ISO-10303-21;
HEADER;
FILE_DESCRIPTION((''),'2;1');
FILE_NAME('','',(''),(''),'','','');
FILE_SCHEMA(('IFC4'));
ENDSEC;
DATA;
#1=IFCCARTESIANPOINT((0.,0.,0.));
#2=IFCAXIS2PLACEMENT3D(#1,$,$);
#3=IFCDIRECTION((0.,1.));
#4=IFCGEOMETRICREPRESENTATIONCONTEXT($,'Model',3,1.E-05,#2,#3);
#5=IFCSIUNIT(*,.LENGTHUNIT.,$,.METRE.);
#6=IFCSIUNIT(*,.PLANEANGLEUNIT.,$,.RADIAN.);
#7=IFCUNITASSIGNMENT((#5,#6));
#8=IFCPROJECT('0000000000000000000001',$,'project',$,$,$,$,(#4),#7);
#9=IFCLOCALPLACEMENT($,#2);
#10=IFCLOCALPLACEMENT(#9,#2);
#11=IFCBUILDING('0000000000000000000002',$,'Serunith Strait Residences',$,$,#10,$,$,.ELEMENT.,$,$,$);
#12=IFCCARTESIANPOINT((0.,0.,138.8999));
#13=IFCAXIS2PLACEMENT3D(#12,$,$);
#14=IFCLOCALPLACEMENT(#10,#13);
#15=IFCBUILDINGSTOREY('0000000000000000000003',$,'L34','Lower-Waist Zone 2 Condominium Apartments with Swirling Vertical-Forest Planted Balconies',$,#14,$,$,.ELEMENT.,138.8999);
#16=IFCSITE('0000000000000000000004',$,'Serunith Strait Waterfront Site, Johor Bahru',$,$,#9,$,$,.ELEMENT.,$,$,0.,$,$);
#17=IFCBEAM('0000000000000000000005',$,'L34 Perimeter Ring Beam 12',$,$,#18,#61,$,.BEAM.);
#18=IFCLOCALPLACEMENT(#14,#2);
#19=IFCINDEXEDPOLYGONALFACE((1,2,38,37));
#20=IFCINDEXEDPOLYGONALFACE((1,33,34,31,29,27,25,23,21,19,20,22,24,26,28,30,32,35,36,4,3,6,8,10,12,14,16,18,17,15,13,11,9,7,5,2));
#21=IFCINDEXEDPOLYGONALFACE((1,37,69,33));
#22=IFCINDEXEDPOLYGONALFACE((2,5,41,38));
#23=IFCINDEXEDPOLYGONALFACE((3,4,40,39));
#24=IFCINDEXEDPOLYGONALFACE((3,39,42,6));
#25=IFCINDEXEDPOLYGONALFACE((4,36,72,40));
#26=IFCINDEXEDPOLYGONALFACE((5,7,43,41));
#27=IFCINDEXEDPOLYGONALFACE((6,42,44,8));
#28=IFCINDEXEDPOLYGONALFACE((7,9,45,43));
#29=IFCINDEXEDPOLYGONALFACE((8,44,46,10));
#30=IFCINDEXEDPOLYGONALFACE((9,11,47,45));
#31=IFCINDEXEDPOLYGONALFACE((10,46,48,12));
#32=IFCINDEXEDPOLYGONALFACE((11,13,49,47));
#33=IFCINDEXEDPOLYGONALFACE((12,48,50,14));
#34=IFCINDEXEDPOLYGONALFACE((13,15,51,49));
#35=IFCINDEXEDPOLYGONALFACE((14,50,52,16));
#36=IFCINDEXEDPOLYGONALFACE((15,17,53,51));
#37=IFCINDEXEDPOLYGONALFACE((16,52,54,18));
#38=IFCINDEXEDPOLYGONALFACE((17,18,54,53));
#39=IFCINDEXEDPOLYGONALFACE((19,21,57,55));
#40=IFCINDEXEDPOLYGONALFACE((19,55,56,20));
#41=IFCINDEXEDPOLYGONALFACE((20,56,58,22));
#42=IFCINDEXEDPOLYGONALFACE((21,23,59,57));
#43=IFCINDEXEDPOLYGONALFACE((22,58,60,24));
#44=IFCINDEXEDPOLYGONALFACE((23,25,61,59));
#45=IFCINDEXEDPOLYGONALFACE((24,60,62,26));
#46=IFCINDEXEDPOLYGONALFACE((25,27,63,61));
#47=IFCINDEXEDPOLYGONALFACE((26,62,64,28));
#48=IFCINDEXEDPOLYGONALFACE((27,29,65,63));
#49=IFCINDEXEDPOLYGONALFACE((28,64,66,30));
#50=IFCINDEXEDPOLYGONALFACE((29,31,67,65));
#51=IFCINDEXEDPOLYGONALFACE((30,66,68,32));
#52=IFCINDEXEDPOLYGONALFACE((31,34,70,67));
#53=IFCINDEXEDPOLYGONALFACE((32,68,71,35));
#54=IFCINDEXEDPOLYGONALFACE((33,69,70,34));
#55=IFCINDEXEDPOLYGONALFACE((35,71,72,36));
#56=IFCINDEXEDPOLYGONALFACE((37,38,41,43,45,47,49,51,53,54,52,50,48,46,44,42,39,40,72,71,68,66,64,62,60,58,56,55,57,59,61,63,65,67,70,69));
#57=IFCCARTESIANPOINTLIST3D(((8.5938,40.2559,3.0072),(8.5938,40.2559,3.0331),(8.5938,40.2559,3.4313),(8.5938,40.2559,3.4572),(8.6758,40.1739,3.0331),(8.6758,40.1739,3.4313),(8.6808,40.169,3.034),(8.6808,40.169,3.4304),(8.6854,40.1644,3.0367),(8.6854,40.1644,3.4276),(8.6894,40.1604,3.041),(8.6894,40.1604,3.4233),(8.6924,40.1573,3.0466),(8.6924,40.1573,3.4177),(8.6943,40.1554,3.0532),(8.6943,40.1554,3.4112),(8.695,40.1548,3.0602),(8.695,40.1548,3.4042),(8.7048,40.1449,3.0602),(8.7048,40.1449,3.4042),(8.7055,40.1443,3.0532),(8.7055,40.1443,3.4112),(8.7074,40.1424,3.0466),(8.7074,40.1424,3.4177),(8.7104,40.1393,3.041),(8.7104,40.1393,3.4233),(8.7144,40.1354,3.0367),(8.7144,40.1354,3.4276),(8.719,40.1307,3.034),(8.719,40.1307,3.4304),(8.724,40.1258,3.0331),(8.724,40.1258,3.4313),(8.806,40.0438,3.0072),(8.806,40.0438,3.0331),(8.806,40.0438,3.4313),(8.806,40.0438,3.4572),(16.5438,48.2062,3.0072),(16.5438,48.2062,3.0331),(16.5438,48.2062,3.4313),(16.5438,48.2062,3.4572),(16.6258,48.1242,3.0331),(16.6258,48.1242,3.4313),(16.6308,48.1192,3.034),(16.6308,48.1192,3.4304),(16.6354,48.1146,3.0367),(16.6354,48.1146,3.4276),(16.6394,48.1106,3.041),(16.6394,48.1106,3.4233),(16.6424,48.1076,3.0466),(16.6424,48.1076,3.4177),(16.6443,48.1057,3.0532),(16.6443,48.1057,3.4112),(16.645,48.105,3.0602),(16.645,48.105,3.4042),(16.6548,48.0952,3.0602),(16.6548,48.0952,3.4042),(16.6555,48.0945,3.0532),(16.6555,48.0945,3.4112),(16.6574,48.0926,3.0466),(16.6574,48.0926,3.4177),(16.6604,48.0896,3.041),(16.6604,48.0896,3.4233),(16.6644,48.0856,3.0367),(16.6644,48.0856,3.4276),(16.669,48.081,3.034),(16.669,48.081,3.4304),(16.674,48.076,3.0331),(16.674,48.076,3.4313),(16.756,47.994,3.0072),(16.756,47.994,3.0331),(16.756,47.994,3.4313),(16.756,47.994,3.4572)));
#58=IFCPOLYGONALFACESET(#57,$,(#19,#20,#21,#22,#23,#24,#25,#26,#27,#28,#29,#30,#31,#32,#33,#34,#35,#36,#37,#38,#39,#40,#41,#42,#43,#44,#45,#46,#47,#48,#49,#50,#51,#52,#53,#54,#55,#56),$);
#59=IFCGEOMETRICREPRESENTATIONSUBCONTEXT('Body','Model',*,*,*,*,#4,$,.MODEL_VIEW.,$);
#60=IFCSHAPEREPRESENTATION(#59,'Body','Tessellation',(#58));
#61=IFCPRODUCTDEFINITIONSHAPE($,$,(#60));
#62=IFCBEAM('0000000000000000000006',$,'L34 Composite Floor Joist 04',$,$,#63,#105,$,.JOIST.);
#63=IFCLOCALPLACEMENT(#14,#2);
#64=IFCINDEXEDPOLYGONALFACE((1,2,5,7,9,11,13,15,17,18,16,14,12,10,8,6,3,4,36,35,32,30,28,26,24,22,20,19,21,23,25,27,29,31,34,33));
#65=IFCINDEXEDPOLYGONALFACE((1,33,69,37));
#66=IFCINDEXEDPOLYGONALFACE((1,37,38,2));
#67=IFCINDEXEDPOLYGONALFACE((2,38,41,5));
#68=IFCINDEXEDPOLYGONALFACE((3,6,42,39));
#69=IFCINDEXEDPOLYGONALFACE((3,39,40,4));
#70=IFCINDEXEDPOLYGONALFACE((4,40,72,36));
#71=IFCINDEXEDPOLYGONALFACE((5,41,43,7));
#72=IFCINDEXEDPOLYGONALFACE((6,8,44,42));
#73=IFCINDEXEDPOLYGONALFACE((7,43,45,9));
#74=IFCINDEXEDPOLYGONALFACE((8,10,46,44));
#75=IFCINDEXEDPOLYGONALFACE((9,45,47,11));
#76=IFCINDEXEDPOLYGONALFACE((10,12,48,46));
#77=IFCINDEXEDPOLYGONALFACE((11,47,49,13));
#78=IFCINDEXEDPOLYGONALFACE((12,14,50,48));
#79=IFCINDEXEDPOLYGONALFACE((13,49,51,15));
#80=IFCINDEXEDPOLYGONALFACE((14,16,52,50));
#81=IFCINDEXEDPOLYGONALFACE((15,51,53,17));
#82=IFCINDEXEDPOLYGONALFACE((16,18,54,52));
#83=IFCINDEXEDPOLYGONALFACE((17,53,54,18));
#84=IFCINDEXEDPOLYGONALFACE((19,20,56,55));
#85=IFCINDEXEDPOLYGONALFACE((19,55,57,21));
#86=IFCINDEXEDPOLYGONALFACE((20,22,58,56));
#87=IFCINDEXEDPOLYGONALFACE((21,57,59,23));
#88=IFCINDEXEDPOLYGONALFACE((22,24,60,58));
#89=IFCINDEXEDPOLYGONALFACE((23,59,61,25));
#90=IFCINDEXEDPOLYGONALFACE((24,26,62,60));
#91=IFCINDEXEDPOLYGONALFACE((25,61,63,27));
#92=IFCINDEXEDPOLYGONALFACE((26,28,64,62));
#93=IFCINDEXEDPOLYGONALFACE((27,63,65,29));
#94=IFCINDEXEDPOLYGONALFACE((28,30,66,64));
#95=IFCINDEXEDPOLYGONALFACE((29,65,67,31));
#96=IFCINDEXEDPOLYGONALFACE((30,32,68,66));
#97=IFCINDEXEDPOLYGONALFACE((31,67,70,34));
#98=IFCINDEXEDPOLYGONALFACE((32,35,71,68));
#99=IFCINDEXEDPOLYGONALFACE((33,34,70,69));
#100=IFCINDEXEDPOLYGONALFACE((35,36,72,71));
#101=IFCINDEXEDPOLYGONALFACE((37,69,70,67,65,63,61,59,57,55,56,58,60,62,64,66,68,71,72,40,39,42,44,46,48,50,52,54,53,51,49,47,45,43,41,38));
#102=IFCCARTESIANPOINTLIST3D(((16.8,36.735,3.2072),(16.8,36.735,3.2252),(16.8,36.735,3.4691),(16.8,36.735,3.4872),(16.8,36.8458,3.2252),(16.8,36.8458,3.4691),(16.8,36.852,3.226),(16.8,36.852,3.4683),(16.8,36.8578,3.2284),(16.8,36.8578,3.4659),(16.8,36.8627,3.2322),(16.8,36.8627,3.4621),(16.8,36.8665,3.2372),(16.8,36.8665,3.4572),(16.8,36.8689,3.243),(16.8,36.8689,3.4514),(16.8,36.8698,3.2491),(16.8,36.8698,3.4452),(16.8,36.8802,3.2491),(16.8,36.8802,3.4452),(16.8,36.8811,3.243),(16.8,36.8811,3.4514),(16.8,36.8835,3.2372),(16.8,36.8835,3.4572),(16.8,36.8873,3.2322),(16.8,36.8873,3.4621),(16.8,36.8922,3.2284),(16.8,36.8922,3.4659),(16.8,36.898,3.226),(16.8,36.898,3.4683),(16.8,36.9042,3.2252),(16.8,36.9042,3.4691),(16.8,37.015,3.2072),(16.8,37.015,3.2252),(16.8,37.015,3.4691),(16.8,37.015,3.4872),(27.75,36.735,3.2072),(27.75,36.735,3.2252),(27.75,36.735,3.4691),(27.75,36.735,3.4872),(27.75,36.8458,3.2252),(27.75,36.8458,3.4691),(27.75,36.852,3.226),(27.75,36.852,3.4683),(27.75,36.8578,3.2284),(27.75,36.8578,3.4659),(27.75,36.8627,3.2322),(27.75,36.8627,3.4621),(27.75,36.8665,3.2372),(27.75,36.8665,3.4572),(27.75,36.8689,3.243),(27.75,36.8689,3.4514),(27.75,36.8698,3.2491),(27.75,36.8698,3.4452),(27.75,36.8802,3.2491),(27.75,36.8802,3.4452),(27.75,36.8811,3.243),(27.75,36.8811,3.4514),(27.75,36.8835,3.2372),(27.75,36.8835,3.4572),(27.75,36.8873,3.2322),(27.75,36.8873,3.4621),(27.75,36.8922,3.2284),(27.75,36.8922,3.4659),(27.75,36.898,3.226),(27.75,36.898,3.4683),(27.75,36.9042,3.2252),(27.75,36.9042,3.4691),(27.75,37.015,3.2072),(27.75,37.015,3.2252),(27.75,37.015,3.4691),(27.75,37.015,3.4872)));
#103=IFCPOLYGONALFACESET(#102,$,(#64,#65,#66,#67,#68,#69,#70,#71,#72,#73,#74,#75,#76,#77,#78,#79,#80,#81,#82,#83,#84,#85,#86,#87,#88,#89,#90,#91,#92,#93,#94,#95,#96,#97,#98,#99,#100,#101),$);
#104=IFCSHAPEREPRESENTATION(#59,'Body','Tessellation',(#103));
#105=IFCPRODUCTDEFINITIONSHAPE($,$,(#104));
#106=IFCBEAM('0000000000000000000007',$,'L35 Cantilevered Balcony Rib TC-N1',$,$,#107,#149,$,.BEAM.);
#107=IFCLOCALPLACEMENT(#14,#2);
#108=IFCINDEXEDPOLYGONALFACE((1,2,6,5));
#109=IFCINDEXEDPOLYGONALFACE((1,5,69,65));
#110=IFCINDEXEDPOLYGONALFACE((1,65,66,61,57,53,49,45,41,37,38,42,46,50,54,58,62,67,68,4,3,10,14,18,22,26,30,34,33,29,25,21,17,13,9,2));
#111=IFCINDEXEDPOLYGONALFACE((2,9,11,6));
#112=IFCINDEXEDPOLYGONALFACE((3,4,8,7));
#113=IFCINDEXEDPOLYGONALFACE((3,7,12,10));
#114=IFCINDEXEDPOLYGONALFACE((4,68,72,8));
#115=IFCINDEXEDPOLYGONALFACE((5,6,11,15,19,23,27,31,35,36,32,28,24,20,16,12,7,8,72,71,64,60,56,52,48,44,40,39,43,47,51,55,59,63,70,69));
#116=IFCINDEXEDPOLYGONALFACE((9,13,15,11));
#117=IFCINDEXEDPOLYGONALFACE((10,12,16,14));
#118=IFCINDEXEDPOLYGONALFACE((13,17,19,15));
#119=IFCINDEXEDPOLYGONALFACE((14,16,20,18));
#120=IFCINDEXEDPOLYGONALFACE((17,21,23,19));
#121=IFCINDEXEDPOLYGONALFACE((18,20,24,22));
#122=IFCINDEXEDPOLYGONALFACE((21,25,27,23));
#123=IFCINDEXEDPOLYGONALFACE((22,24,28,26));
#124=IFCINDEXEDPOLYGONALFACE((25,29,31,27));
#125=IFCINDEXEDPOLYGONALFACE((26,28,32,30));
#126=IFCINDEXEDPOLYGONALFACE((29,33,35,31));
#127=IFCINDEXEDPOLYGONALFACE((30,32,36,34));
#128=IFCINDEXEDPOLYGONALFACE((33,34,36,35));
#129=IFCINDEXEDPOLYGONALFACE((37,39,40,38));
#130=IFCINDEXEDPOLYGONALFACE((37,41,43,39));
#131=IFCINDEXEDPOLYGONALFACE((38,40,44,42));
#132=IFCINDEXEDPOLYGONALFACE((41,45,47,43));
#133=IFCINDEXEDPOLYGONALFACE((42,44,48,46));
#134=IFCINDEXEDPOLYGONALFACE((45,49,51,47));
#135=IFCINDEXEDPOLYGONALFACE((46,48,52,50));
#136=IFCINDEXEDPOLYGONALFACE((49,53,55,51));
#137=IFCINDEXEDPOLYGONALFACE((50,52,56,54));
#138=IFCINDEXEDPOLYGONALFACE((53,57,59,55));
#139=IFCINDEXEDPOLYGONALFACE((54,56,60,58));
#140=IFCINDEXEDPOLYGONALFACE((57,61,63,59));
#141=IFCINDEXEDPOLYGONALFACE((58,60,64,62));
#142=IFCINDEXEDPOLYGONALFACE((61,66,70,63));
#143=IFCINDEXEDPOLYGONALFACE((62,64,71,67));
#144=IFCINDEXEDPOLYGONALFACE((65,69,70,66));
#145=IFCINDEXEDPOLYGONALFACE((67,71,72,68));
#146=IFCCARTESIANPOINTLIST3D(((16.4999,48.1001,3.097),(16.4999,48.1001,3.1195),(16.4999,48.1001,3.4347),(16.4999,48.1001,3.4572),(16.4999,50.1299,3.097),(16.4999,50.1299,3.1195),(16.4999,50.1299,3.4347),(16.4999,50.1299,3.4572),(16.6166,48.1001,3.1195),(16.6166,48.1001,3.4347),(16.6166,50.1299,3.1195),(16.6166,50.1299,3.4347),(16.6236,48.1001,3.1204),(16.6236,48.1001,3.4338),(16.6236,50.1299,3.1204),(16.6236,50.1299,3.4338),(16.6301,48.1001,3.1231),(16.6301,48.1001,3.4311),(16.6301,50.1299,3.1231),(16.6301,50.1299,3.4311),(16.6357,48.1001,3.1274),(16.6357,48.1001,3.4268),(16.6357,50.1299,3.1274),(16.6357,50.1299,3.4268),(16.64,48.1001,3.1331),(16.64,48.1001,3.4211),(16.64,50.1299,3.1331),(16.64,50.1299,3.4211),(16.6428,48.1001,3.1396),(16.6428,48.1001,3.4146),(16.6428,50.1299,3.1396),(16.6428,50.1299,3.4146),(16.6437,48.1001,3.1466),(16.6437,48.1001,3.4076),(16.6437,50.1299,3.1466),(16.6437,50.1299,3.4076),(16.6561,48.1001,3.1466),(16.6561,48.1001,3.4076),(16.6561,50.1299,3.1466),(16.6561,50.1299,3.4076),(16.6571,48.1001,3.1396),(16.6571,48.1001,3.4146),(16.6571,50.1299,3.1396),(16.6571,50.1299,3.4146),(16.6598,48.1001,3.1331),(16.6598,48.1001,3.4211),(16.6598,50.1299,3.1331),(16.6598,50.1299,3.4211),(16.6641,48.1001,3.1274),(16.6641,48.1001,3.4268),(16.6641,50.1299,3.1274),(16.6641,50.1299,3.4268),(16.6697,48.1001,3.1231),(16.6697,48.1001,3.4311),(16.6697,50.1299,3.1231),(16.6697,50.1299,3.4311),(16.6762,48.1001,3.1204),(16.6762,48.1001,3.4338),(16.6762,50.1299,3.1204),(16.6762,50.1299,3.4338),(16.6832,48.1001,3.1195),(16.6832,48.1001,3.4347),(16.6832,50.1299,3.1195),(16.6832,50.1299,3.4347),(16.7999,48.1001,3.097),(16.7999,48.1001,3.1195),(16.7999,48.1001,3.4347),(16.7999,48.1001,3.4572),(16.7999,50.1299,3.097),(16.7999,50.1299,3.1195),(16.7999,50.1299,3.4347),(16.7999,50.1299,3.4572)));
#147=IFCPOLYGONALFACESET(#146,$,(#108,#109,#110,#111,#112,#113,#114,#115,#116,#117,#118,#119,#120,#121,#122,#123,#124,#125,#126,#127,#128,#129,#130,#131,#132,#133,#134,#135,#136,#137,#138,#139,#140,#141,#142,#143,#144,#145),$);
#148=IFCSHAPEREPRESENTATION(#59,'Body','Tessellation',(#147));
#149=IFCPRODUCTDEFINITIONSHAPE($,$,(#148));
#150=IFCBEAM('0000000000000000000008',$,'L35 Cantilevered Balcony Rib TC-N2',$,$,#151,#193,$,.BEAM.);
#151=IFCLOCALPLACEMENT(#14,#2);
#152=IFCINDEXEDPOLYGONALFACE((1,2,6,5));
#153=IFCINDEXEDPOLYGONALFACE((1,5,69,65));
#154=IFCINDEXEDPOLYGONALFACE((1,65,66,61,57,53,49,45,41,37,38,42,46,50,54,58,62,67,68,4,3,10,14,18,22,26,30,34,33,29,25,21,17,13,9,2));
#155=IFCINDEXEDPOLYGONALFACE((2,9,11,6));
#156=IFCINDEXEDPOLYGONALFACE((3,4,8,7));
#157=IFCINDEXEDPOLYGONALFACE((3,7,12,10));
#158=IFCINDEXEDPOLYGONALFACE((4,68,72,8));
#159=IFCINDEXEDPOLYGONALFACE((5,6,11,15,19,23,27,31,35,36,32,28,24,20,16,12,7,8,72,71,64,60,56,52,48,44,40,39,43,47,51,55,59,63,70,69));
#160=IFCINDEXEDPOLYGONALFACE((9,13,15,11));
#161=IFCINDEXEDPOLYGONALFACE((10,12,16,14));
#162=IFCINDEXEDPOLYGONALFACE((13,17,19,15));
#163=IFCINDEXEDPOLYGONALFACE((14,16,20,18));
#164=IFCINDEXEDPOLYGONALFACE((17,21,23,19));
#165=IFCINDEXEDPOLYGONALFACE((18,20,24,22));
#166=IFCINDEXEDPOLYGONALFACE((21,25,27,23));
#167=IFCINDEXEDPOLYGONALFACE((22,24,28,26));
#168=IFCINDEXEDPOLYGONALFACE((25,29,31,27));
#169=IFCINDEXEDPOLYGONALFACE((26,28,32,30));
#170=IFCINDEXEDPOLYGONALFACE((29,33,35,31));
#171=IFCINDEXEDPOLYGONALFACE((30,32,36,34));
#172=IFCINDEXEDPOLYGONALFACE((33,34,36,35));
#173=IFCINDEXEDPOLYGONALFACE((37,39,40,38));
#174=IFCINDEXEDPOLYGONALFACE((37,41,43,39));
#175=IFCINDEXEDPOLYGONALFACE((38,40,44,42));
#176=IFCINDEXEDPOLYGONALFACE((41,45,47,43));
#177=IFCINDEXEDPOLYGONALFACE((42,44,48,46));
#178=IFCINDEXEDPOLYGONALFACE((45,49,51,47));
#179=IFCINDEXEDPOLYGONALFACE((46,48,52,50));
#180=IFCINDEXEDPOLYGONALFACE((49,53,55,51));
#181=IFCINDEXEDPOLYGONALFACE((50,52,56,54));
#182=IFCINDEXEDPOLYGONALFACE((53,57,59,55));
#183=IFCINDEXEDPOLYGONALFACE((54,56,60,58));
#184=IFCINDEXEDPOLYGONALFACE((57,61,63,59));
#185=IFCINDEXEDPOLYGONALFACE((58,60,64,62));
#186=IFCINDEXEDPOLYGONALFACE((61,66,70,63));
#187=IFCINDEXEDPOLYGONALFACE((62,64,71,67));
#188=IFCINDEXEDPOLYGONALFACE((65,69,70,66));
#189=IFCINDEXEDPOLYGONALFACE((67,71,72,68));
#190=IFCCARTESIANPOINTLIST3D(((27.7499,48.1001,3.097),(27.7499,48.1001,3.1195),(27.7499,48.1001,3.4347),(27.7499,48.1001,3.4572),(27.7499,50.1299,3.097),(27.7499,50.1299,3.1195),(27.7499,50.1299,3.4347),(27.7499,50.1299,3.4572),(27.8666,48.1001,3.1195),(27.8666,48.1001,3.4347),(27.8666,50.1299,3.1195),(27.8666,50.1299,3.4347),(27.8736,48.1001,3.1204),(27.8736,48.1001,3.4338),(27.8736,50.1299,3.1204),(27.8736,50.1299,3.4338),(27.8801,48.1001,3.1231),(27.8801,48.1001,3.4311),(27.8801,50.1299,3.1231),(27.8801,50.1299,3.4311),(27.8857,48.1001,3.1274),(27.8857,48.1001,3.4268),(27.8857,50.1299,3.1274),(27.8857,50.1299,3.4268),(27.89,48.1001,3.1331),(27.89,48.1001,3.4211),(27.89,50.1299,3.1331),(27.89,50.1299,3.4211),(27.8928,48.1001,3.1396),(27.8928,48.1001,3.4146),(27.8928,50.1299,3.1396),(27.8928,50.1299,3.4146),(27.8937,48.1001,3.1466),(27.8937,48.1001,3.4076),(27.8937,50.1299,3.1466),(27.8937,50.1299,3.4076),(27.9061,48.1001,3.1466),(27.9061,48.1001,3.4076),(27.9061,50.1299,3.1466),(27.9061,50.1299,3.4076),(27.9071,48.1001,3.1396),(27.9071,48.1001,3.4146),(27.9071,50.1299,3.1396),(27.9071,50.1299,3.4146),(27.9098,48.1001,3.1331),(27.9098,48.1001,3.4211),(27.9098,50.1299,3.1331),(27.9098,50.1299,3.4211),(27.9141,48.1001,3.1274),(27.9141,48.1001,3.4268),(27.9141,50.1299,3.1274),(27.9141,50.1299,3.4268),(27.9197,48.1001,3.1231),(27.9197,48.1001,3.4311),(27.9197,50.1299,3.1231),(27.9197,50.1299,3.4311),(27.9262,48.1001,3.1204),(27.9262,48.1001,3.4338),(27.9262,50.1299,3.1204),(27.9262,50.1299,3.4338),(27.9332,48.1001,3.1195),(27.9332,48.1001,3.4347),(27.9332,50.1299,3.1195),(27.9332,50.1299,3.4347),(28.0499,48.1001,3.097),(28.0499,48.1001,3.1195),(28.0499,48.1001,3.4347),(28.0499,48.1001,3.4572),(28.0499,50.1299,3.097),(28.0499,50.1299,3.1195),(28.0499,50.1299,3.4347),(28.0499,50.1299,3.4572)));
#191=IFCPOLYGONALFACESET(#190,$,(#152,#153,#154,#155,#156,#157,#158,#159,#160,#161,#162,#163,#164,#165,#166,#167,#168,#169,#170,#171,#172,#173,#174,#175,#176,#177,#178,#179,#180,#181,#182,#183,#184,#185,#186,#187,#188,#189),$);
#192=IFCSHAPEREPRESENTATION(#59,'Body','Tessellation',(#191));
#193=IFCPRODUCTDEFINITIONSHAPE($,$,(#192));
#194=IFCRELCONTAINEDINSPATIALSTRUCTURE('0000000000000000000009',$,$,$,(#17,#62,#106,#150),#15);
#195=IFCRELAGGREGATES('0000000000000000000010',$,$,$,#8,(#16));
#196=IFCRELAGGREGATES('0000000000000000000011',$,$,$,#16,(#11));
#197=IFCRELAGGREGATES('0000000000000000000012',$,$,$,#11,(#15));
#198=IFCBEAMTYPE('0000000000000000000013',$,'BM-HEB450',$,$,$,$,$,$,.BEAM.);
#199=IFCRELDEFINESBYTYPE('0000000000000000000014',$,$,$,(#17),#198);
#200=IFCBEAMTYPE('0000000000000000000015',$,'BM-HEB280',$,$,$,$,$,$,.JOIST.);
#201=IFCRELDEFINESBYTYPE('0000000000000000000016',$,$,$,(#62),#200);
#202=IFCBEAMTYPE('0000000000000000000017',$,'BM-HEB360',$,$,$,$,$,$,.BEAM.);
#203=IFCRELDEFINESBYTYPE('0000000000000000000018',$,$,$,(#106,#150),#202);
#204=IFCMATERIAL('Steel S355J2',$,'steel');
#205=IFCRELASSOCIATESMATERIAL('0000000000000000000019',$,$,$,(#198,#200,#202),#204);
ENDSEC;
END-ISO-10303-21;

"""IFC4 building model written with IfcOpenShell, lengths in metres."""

from ifc_helpers import new_model, si_unit, direction, frame, origin, origin_2d, place, context, subcontext, project, spatial, i_section, extrude, source, transform, mapped, material, material_profile, profile_set, type_object, element, save


model = new_model("IFC4")

# Units and contexts
model_context = context("Model", 3, precision=1e-05, world=origin(), true_north=direction((0.0, 1.0)))
body_context = subcontext(model_context, "Body", "Model", "MODEL_VIEW")
ifc_project = project(units=[si_unit("LENGTHUNIT", "METRE"), si_unit("PLANEANGLEUNIT", "RADIAN")], contexts=[model_context])

# Site, building, storey
site_placement = place(None, origin())
site = spatial("IfcSite", under=ifc_project, at=site_placement, Name="Serunith Strait Waterfront Site, Johor Bahru", CompositionType="ELEMENT", RefElevation=0.0)
building_placement = place(site_placement, origin())
building = spatial("IfcBuilding", under=site, at=building_placement, Name="Serunith Strait Residences", CompositionType="ELEMENT")
storey_placement = place(building_placement, frame((0.0, 0.0, 138.8999)))
storey = spatial("IfcBuildingStorey", under=building, at=storey_placement, Name="L34", Description="Lower-Waist Zone 2 Condominium Apartments with Swirling Vertical-Forest Planted Balconies", CompositionType="ELEMENT", Elevation=138.8999)

# Beams
ifc_material_1 = material(Name="Steel S355J2", Category="steel")
ifc_material_profile_1 = material_profile(ifc_material_1, i_section(OverallWidth=0.3, OverallDepth=0.45, WebThickness=0.0139, FlangeThickness=0.0259, FilletRadius=0.0271, at=origin_2d()), Name="HEB 450")
ifc_profile_set_1 = profile_set([ifc_material_profile_1], Name="Steel S355J2")
beam_type_1 = type_object("IfcBeamType", Name="BM-HEB450", PredefinedType="BEAM", material=ifc_profile_set_1)
shared_shape_1 = source(origin(), body_context, "Body", "SweptSolid", [
    extrude(i_section(OverallWidth=0.3, OverallDepth=0.45, WebThickness=0.0139, FlangeThickness=0.0259, FilletRadius=0.0271, at=origin_2d()), origin(), (0.0, 0.0, 1.0), 11.2432),
])
beam_1_placement = place(storey_placement, frame((16.6499, 48.1001, 3.2322), z_axis=(-0.707096, -0.707118, 0.0), x_axis=(0.707118, -0.707096, 0.0)))
element("IfcBeam", 1, at=beam_1_placement, inside=storey, type_object=beam_type_1, Name="L34 Perimeter Ring Beam 12", PredefinedType="BEAM", context=body_context, shape_type="MappedRepresentation", body=[
    mapped(shared_shape_1, transform((0.0, 0.0, 0.0), scale=1.0)),
])
ifc_material_profile_2 = material_profile(ifc_material_1, i_section(OverallWidth=0.28, OverallDepth=0.28, WebThickness=0.0105, FlangeThickness=0.0181, FilletRadius=0.0239, at=origin_2d()), Name="HEB 280")
ifc_profile_set_2 = profile_set([ifc_material_profile_2], Name="Steel S355J2")
beam_type_2 = type_object("IfcBeamType", Name="BM-HEB280", PredefinedType="JOIST", material=ifc_profile_set_2)
shared_shape_2 = source(origin(), body_context, "Body", "SweptSolid", [
    extrude(i_section(OverallWidth=0.28, OverallDepth=0.28, WebThickness=0.0105, FlangeThickness=0.0181, FilletRadius=0.0239, at=origin_2d()), origin(), (0.0, 0.0, 1.0), 10.95),
])
beam_2_placement = place(storey_placement, frame((16.8, 36.875, 3.3472), z_axis=(1.0, 0.0, 0.0), x_axis=(0.0, 1.0, 0.0)))
element("IfcBeam", 2, at=beam_2_placement, inside=storey, type_object=beam_type_2, Name="L34 Composite Floor Joist 04", PredefinedType="JOIST", context=body_context, shape_type="MappedRepresentation", body=[
    mapped(shared_shape_2, transform((0.0, 0.0, 0.0), scale=1.0)),
])
ifc_material_profile_3 = material_profile(ifc_material_1, i_section(OverallWidth=0.3, OverallDepth=0.3601, WebThickness=0.0125, FlangeThickness=0.0225, FilletRadius=0.0271, at=origin_2d()), Name="HEB 360")
ifc_profile_set_3 = profile_set([ifc_material_profile_3], Name="Steel S355J2")
beam_type_3 = type_object("IfcBeamType", Name="BM-HEB360", PredefinedType="BEAM", material=ifc_profile_set_3)
shared_shape_3 = source(origin(), body_context, "Body", "SweptSolid", [
    extrude(i_section(OverallWidth=0.3, OverallDepth=0.3601, WebThickness=0.0125, FlangeThickness=0.0225, FilletRadius=0.0271, at=origin_2d()), origin(), (0.0, 0.0, 1.0), 2.0298),
])
for number, where, z_axis, x_axis, name in (
    (3, (16.6499, 48.1001, 3.2771), (0.0, 1.0, 0.0), (-1.0, 0.0, 0.0), "L35 Cantilevered Balcony Rib TC-N1"),
    (4, (27.8999, 48.1001, 3.2771), (0.0, 1.0, 0.0), (-1.0, 0.0, 0.0), "L35 Cantilevered Balcony Rib TC-N2"),
):
    element("IfcBeam", number, at=place(storey_placement, frame(where, z_axis=z_axis, x_axis=x_axis)), inside=storey, type_object=beam_type_3, Name=name, PredefinedType="BEAM", context=body_context, shape_type="MappedRepresentation", body=[
        mapped(shared_shape_3, transform((0.0, 0.0, 0.0), scale=1.0)),
    ])

save(model, "model.ifc")
